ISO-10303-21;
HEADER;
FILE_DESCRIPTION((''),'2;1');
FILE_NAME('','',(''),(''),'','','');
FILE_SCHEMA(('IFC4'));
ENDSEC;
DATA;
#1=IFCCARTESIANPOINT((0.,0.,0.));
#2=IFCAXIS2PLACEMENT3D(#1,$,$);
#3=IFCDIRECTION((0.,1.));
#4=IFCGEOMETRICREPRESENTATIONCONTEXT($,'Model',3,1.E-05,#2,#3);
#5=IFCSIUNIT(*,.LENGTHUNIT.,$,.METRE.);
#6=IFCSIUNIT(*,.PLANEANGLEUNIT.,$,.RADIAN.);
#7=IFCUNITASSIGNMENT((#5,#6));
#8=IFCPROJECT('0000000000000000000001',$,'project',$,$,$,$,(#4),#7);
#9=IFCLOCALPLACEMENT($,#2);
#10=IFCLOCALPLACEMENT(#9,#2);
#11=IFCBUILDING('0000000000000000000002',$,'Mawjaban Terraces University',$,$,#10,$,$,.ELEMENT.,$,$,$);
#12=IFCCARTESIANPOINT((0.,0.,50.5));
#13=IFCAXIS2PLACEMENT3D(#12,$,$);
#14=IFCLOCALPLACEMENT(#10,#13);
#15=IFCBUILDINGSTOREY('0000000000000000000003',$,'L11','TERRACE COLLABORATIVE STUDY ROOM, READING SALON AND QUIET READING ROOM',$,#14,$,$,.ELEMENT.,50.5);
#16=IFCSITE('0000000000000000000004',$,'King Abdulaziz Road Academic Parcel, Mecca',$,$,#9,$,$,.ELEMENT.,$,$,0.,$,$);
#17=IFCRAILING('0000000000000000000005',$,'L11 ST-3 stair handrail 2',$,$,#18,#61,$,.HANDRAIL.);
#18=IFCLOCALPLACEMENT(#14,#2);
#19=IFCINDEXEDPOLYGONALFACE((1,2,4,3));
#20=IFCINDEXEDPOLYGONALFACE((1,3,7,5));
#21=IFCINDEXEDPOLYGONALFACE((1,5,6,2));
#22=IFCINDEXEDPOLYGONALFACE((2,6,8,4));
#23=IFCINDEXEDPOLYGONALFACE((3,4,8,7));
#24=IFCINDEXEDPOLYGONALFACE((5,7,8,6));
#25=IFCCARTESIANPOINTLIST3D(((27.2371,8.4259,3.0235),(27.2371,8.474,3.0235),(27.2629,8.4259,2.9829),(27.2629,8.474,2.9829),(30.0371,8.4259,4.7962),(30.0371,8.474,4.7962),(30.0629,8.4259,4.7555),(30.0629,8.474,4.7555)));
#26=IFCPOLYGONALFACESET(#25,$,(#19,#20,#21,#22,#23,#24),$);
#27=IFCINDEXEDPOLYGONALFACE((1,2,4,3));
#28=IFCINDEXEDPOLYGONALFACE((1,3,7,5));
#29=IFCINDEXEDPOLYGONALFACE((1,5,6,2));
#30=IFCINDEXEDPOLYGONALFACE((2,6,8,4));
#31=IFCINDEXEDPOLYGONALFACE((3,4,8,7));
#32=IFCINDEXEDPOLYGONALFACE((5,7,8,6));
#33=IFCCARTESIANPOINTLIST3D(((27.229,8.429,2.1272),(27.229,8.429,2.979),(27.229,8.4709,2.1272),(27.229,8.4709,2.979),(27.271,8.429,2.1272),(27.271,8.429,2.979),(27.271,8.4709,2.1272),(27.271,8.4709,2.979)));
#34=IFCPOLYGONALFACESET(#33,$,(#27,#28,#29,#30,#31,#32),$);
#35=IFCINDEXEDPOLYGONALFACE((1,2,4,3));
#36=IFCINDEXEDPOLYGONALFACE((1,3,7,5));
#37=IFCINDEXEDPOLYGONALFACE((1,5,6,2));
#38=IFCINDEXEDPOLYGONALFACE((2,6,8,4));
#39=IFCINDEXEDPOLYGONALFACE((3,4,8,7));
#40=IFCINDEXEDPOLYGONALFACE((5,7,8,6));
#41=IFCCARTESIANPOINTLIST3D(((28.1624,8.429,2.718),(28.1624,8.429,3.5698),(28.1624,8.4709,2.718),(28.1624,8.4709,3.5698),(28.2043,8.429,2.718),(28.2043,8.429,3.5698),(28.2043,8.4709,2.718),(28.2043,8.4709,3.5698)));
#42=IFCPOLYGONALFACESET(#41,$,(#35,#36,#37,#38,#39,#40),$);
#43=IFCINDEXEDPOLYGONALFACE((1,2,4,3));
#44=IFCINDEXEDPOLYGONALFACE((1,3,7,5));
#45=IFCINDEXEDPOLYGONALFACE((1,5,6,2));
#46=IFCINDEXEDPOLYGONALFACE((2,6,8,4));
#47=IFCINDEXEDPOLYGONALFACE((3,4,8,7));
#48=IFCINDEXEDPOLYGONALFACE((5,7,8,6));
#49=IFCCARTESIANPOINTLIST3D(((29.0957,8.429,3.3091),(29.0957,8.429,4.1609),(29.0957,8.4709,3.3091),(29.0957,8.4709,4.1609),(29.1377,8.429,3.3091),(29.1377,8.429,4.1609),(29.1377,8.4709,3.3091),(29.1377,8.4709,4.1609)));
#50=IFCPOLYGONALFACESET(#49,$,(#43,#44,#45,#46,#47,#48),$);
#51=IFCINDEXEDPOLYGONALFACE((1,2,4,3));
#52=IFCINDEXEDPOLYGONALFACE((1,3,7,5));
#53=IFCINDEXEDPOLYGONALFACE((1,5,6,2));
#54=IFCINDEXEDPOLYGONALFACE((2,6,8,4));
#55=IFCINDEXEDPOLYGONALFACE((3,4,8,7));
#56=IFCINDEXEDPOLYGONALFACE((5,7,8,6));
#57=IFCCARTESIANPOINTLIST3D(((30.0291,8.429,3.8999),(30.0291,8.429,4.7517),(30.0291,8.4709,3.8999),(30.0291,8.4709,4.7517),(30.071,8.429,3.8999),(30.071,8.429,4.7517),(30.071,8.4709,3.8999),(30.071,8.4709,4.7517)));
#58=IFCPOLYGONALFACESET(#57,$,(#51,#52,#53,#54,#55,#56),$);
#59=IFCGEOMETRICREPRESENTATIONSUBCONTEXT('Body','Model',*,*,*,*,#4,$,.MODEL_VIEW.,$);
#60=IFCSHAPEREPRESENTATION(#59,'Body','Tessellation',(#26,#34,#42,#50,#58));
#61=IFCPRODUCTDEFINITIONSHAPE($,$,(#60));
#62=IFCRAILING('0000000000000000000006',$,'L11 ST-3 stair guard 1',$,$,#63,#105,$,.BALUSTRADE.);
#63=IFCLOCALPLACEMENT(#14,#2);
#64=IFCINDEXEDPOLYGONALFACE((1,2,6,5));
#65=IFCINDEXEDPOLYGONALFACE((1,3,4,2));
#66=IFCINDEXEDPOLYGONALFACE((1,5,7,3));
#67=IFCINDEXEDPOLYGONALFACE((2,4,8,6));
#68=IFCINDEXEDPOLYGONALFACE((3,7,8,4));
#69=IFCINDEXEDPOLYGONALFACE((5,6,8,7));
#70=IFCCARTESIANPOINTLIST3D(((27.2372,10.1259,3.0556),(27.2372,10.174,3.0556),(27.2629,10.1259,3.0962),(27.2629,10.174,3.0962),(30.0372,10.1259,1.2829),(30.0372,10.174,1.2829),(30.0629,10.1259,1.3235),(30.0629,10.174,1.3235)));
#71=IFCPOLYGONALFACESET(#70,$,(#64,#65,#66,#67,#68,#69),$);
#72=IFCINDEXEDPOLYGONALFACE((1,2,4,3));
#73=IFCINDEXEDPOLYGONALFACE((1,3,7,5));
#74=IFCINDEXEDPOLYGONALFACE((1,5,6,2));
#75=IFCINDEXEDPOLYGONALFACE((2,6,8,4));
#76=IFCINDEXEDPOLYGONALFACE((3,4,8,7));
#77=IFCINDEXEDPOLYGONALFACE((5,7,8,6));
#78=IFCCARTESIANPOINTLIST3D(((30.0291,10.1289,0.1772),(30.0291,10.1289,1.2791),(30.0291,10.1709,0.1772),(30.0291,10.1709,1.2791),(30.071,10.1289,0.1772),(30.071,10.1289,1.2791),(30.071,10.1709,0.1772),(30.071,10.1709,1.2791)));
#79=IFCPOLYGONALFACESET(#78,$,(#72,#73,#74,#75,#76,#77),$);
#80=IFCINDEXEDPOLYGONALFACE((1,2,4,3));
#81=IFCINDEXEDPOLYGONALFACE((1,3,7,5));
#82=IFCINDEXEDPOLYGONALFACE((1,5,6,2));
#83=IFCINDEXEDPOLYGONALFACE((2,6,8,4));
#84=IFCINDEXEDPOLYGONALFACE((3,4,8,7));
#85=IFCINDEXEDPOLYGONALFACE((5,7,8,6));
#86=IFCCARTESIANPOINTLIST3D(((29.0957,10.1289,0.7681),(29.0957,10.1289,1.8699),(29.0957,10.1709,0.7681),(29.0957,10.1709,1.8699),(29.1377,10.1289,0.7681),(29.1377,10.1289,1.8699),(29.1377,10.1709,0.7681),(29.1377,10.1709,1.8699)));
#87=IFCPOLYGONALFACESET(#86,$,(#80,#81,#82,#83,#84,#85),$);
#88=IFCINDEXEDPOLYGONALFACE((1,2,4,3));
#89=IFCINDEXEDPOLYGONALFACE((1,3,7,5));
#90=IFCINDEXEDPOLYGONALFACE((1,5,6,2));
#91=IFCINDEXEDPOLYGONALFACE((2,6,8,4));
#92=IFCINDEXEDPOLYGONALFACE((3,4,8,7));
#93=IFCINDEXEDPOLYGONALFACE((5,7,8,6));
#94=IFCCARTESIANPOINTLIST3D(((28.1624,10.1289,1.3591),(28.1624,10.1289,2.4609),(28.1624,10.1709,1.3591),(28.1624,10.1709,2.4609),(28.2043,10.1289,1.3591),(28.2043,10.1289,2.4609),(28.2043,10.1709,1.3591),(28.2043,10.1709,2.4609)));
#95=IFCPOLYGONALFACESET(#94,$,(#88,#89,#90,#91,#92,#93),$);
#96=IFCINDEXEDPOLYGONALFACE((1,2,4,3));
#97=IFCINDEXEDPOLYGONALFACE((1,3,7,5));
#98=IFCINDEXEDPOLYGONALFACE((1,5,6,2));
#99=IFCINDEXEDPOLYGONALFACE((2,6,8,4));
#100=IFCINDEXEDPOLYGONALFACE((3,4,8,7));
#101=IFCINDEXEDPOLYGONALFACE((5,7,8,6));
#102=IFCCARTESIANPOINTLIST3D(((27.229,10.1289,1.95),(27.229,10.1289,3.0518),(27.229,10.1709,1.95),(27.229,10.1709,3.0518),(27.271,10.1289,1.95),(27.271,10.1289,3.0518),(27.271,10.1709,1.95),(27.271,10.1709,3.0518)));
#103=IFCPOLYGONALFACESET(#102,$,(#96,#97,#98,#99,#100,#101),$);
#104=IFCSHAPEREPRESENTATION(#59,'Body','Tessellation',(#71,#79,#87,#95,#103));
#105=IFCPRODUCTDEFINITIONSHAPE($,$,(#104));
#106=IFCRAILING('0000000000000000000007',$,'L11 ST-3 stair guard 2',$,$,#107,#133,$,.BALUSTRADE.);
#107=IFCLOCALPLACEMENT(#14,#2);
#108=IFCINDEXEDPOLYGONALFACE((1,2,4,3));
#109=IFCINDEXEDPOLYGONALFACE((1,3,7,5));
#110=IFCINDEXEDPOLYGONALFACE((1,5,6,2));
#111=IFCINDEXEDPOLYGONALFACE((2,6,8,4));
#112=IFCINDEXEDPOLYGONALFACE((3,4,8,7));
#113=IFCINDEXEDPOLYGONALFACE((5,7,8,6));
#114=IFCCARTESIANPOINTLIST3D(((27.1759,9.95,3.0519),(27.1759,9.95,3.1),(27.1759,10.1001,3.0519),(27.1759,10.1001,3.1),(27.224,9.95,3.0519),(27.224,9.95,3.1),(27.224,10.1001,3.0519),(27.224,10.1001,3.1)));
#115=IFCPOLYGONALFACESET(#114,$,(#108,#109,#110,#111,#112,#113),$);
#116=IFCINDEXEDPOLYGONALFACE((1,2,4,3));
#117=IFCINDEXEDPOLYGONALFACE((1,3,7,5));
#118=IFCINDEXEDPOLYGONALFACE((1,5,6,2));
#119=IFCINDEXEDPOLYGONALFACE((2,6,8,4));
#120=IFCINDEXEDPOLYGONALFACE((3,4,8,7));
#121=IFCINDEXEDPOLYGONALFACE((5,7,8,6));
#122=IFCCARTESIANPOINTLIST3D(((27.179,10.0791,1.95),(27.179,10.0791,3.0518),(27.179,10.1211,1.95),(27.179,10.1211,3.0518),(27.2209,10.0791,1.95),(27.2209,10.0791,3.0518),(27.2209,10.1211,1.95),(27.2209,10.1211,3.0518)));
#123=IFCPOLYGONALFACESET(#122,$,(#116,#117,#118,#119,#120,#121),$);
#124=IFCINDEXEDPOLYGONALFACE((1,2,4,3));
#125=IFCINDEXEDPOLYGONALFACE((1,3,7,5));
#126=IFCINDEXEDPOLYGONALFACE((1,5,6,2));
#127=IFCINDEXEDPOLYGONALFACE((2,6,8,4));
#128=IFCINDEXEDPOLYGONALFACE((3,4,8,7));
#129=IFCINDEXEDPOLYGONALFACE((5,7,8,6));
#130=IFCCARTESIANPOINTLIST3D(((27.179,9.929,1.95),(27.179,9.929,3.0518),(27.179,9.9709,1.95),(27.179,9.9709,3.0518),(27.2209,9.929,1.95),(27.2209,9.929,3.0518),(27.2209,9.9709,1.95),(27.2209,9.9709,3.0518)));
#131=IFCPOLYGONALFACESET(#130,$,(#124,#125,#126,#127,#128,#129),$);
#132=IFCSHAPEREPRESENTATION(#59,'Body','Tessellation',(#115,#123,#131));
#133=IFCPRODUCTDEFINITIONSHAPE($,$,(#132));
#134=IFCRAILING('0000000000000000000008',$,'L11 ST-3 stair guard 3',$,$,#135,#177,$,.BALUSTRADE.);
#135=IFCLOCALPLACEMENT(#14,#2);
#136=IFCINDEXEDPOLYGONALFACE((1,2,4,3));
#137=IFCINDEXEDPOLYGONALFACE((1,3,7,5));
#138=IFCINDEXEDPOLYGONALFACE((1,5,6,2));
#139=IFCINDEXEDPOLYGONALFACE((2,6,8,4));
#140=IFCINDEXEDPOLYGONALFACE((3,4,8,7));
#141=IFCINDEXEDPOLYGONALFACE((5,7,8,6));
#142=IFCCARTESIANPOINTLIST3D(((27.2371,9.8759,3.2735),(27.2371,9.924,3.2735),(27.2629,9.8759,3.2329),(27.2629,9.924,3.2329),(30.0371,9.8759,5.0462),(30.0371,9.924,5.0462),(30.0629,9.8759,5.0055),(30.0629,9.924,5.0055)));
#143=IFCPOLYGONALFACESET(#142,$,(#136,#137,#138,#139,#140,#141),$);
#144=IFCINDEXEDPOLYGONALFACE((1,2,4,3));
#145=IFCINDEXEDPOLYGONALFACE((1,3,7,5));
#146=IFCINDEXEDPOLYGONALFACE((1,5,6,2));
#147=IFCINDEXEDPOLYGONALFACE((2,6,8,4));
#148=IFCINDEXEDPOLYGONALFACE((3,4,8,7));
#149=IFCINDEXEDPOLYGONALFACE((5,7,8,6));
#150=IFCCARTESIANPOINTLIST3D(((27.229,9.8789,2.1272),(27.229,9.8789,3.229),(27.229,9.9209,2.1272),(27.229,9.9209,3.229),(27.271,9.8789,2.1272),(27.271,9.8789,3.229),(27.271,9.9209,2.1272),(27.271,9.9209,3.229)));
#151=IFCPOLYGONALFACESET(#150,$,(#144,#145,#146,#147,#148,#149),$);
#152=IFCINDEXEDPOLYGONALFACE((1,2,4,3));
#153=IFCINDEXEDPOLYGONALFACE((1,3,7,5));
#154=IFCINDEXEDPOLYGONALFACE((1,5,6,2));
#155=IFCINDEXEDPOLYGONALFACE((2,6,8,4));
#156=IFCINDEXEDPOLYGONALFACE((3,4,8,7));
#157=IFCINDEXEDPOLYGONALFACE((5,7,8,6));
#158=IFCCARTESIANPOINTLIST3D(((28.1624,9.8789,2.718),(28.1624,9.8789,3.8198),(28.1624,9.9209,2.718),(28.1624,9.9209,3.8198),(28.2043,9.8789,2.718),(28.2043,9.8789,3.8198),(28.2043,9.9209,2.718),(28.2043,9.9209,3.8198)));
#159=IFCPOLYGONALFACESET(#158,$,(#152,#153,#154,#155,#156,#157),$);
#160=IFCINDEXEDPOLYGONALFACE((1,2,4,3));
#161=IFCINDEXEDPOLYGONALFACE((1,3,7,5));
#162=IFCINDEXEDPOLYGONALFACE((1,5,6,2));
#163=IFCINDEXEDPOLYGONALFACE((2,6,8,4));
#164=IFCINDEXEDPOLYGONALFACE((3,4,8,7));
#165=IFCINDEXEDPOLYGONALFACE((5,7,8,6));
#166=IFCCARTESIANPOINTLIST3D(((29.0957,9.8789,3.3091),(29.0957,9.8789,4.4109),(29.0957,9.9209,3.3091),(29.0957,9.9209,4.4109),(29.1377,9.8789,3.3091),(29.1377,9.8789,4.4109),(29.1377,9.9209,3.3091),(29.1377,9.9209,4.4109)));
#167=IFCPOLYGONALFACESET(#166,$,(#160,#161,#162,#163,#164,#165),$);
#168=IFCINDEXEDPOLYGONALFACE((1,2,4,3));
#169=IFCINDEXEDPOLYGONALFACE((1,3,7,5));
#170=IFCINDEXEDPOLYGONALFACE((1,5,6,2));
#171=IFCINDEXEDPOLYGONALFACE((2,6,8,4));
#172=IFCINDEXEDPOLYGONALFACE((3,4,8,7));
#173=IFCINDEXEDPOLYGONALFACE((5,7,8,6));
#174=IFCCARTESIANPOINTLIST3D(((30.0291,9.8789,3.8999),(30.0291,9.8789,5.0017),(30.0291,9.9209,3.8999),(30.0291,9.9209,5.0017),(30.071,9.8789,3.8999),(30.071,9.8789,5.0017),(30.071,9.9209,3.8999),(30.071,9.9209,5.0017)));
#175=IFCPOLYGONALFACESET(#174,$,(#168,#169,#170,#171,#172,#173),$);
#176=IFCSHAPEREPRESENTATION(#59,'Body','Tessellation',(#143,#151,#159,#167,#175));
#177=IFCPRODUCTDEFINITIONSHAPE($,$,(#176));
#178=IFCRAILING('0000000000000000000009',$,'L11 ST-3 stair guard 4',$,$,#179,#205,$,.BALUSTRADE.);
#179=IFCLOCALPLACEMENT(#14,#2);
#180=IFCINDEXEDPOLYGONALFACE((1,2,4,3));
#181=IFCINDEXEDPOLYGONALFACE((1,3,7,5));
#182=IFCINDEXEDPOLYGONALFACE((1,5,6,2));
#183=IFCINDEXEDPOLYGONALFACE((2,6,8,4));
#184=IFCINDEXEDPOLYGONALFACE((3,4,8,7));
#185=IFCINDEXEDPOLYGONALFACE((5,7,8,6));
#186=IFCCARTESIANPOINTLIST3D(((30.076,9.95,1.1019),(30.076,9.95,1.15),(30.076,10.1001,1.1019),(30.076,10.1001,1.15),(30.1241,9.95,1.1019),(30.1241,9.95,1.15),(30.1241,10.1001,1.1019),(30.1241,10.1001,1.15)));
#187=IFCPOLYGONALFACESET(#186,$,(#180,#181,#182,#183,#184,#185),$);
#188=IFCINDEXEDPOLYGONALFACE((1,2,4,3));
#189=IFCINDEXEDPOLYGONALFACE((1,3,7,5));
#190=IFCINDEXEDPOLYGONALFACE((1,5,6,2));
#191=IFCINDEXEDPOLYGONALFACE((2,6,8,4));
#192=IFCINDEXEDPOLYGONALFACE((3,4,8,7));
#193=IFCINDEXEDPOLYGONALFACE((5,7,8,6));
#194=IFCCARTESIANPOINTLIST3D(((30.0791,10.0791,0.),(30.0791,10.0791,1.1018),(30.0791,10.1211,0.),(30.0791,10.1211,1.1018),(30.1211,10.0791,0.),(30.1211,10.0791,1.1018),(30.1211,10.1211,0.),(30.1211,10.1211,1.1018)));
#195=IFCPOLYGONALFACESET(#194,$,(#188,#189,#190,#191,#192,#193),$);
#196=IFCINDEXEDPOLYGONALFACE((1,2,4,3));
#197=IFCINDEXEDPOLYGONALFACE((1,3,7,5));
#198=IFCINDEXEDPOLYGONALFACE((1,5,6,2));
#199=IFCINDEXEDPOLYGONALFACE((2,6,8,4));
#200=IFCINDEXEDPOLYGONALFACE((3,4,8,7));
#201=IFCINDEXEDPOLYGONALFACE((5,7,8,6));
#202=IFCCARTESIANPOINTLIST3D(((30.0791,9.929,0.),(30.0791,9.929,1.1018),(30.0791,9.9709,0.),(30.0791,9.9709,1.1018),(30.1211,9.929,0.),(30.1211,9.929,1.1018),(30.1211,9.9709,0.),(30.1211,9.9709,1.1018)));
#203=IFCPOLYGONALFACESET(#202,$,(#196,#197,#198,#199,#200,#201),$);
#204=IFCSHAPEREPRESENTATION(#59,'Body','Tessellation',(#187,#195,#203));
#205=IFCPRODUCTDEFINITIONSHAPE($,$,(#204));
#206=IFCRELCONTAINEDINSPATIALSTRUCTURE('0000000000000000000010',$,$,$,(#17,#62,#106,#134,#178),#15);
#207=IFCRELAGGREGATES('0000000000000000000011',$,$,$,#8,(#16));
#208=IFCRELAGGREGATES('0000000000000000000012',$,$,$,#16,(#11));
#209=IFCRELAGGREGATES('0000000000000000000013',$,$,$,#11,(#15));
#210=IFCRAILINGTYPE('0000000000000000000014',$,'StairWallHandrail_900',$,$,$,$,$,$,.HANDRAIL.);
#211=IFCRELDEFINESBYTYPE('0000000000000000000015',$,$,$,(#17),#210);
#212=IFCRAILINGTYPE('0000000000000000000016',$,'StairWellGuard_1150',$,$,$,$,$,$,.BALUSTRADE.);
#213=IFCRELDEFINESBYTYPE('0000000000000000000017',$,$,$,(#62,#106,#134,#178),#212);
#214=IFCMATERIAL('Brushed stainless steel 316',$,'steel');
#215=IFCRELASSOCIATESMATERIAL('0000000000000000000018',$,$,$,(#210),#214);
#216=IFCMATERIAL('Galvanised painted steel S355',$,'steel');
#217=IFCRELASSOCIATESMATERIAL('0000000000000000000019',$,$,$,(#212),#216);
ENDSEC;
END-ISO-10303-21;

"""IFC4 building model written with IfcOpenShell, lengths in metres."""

from ifc_helpers import new_model, si_unit, direction, frame, origin, origin_2d, place, context, subcontext, project, spatial, rectangle, extrude, material, type_object, element, save


model = new_model("IFC4")

# Units and contexts
model_context = context("Model", 3, precision=1e-05, world=origin(), true_north=direction((0.0, 1.0)))
body_context = subcontext(model_context, "Body", "Model", "MODEL_VIEW")
ifc_project = project(units=[si_unit("LENGTHUNIT", "METRE"), si_unit("PLANEANGLEUNIT", "RADIAN")], contexts=[model_context])

# Site, building, storey
site_placement = place(None, origin())
site = spatial("IfcSite", under=ifc_project, at=site_placement, Name="King Abdulaziz Road Academic Parcel, Mecca", CompositionType="ELEMENT", RefElevation=0.0)
building_placement = place(site_placement, origin())
building = spatial("IfcBuilding", under=site, at=building_placement, Name="Mawjaban Terraces University", CompositionType="ELEMENT")
storey_placement = place(building_placement, frame((0.0, 0.0, 50.5)))
storey = spatial("IfcBuildingStorey", under=building, at=storey_placement, Name="L11", Description="TERRACE COLLABORATIVE STUDY ROOM, READING SALON AND QUIET READING ROOM", CompositionType="ELEMENT", Elevation=50.5)

# Railings
ifc_material_1 = material(Name="Brushed stainless steel 316", Category="steel")
railing_type_1 = type_object("IfcRailingType", Name="StairWallHandrail_900", PredefinedType="HANDRAIL", material=ifc_material_1)
railing_1_placement = place(storey_placement, frame((27.25, 8.45, 2.1272)))
element("IfcRailing", 1, at=railing_1_placement, inside=storey, type_object=railing_type_1, Name="L11 ST-3 stair handrail 2", PredefinedType="HANDRAIL", context=body_context, shape_type="SweptSolid", body=[
    extrude(rectangle(XDim=0.0481, YDim=0.0481, at=origin_2d()), frame((0.0, 0.0, 0.876), z_axis=(0.844909, 0.0, 0.53491), x_axis=(0.0, 1.0, 0.0)), (0.0, 0.0, 1.0), 3.314),
    extrude(rectangle(XDim=0.042, YDim=0.042, at=origin_2d()), origin(), (0.0, 0.0, 1.0), 0.8518),
    extrude(rectangle(XDim=0.042, YDim=0.042, at=origin_2d()), frame((0.9333, 0.0, 0.5908)), (0.0, 0.0, 1.0), 0.8518),
    extrude(rectangle(XDim=0.042, YDim=0.042, at=origin_2d()), frame((1.8667, 0.0, 1.1819)), (0.0, 0.0, 1.0), 0.8518),
    extrude(rectangle(XDim=0.042, YDim=0.042, at=origin_2d()), frame((2.8, 0.0, 1.7727)), (0.0, 0.0, 1.0), 0.8518),
])
ifc_material_2 = material(Name="Galvanised painted steel S355", Category="steel")
railing_type_2 = type_object("IfcRailingType", Name="StairWellGuard_1150", PredefinedType="BALUSTRADE", material=ifc_material_2)
railing_2_placement = place(storey_placement, frame((30.05, 10.1499, 0.1772)))
element("IfcRailing", 2, at=railing_2_placement, inside=storey, type_object=railing_type_2, Name="L11 ST-3 stair guard 1", PredefinedType="BALUSTRADE", context=body_context, shape_type="SweptSolid", body=[
    extrude(rectangle(XDim=0.0481, YDim=0.0481, at=origin_2d()), frame((0.0, 0.0, 1.126), z_axis=(-0.844909, 0.0, 0.53491), x_axis=(0.0, -1.0, 0.0)), (0.0, 0.0, 1.0), 3.314),
    extrude(rectangle(XDim=0.042, YDim=0.042, at=origin_2d()), origin(), (0.0, 0.0, 1.0), 1.1018),
    extrude(rectangle(XDim=0.042, YDim=0.042, at=origin_2d()), frame((-0.9333, 0.0, 0.5908)), (0.0, 0.0, 1.0), 1.1018),
    extrude(rectangle(XDim=0.042, YDim=0.042, at=origin_2d()), frame((-1.8667, 0.0, 1.1819)), (0.0, 0.0, 1.0), 1.1018),
    extrude(rectangle(XDim=0.042, YDim=0.042, at=origin_2d()), frame((-2.8, 0.0, 1.7727)), (0.0, 0.0, 1.0), 1.1018),
])
railing_3_placement = place(storey_placement, frame((27.2, 10.1001, 1.95)))
element("IfcRailing", 3, at=railing_3_placement, inside=storey, type_object=railing_type_2, Name="L11 ST-3 stair guard 2", PredefinedType="BALUSTRADE", context=body_context, shape_type="SweptSolid", body=[
    extrude(rectangle(XDim=0.0481, YDim=0.0481, at=origin_2d()), frame((0.0, 0.0, 1.126), z_axis=(0.0, -1.0, 0.0), x_axis=(1.0, 0.0, 0.0)), (0.0, 0.0, 1.0), 0.1501),
    extrude(rectangle(XDim=0.042, YDim=0.042, at=origin_2d()), origin(), (0.0, 0.0, 1.0), 1.1018),
    extrude(rectangle(XDim=0.042, YDim=0.042, at=origin_2d()), frame((0.0, -0.1501, 0.0)), (0.0, 0.0, 1.0), 1.1018),
])
railing_4_placement = place(storey_placement, frame((27.25, 9.8999, 2.1272)))
element("IfcRailing", 4, at=railing_4_placement, inside=storey, type_object=railing_type_2, Name="L11 ST-3 stair guard 3", PredefinedType="BALUSTRADE", context=body_context, shape_type="SweptSolid", body=[
    extrude(rectangle(XDim=0.0481, YDim=0.0481, at=origin_2d()), frame((0.0, 0.0, 1.126), z_axis=(0.844909, 0.0, 0.53491), x_axis=(0.0, 1.0, 0.0)), (0.0, 0.0, 1.0), 3.314),
    extrude(rectangle(XDim=0.042, YDim=0.042, at=origin_2d()), origin(), (0.0, 0.0, 1.0), 1.1018),
    extrude(rectangle(XDim=0.042, YDim=0.042, at=origin_2d()), frame((0.9333, 0.0, 0.5908)), (0.0, 0.0, 1.0), 1.1018),
    extrude(rectangle(XDim=0.042, YDim=0.042, at=origin_2d()), frame((1.8667, 0.0, 1.1819)), (0.0, 0.0, 1.0), 1.1018),
    extrude(rectangle(XDim=0.042, YDim=0.042, at=origin_2d()), frame((2.8, 0.0, 1.7727)), (0.0, 0.0, 1.0), 1.1018),
])
railing_5_placement = place(storey_placement, frame((30.1001, 10.1001, 0.0)))
element("IfcRailing", 5, at=railing_5_placement, inside=storey, type_object=railing_type_2, Name="L11 ST-3 stair guard 4", PredefinedType="BALUSTRADE", context=body_context, shape_type="SweptSolid", body=[
    extrude(rectangle(XDim=0.0481, YDim=0.0481, at=origin_2d()), frame((0.0, 0.0, 1.126), z_axis=(0.0, -1.0, 0.0), x_axis=(1.0, 0.0, 0.0)), (0.0, 0.0, 1.0), 0.1501),
    extrude(rectangle(XDim=0.042, YDim=0.042, at=origin_2d()), origin(), (0.0, 0.0, 1.0), 1.1018),
    extrude(rectangle(XDim=0.042, YDim=0.042, at=origin_2d()), frame((0.0, -0.1501, 0.0)), (0.0, 0.0, 1.0), 1.1018),
])

save(model, "model.ifc")
